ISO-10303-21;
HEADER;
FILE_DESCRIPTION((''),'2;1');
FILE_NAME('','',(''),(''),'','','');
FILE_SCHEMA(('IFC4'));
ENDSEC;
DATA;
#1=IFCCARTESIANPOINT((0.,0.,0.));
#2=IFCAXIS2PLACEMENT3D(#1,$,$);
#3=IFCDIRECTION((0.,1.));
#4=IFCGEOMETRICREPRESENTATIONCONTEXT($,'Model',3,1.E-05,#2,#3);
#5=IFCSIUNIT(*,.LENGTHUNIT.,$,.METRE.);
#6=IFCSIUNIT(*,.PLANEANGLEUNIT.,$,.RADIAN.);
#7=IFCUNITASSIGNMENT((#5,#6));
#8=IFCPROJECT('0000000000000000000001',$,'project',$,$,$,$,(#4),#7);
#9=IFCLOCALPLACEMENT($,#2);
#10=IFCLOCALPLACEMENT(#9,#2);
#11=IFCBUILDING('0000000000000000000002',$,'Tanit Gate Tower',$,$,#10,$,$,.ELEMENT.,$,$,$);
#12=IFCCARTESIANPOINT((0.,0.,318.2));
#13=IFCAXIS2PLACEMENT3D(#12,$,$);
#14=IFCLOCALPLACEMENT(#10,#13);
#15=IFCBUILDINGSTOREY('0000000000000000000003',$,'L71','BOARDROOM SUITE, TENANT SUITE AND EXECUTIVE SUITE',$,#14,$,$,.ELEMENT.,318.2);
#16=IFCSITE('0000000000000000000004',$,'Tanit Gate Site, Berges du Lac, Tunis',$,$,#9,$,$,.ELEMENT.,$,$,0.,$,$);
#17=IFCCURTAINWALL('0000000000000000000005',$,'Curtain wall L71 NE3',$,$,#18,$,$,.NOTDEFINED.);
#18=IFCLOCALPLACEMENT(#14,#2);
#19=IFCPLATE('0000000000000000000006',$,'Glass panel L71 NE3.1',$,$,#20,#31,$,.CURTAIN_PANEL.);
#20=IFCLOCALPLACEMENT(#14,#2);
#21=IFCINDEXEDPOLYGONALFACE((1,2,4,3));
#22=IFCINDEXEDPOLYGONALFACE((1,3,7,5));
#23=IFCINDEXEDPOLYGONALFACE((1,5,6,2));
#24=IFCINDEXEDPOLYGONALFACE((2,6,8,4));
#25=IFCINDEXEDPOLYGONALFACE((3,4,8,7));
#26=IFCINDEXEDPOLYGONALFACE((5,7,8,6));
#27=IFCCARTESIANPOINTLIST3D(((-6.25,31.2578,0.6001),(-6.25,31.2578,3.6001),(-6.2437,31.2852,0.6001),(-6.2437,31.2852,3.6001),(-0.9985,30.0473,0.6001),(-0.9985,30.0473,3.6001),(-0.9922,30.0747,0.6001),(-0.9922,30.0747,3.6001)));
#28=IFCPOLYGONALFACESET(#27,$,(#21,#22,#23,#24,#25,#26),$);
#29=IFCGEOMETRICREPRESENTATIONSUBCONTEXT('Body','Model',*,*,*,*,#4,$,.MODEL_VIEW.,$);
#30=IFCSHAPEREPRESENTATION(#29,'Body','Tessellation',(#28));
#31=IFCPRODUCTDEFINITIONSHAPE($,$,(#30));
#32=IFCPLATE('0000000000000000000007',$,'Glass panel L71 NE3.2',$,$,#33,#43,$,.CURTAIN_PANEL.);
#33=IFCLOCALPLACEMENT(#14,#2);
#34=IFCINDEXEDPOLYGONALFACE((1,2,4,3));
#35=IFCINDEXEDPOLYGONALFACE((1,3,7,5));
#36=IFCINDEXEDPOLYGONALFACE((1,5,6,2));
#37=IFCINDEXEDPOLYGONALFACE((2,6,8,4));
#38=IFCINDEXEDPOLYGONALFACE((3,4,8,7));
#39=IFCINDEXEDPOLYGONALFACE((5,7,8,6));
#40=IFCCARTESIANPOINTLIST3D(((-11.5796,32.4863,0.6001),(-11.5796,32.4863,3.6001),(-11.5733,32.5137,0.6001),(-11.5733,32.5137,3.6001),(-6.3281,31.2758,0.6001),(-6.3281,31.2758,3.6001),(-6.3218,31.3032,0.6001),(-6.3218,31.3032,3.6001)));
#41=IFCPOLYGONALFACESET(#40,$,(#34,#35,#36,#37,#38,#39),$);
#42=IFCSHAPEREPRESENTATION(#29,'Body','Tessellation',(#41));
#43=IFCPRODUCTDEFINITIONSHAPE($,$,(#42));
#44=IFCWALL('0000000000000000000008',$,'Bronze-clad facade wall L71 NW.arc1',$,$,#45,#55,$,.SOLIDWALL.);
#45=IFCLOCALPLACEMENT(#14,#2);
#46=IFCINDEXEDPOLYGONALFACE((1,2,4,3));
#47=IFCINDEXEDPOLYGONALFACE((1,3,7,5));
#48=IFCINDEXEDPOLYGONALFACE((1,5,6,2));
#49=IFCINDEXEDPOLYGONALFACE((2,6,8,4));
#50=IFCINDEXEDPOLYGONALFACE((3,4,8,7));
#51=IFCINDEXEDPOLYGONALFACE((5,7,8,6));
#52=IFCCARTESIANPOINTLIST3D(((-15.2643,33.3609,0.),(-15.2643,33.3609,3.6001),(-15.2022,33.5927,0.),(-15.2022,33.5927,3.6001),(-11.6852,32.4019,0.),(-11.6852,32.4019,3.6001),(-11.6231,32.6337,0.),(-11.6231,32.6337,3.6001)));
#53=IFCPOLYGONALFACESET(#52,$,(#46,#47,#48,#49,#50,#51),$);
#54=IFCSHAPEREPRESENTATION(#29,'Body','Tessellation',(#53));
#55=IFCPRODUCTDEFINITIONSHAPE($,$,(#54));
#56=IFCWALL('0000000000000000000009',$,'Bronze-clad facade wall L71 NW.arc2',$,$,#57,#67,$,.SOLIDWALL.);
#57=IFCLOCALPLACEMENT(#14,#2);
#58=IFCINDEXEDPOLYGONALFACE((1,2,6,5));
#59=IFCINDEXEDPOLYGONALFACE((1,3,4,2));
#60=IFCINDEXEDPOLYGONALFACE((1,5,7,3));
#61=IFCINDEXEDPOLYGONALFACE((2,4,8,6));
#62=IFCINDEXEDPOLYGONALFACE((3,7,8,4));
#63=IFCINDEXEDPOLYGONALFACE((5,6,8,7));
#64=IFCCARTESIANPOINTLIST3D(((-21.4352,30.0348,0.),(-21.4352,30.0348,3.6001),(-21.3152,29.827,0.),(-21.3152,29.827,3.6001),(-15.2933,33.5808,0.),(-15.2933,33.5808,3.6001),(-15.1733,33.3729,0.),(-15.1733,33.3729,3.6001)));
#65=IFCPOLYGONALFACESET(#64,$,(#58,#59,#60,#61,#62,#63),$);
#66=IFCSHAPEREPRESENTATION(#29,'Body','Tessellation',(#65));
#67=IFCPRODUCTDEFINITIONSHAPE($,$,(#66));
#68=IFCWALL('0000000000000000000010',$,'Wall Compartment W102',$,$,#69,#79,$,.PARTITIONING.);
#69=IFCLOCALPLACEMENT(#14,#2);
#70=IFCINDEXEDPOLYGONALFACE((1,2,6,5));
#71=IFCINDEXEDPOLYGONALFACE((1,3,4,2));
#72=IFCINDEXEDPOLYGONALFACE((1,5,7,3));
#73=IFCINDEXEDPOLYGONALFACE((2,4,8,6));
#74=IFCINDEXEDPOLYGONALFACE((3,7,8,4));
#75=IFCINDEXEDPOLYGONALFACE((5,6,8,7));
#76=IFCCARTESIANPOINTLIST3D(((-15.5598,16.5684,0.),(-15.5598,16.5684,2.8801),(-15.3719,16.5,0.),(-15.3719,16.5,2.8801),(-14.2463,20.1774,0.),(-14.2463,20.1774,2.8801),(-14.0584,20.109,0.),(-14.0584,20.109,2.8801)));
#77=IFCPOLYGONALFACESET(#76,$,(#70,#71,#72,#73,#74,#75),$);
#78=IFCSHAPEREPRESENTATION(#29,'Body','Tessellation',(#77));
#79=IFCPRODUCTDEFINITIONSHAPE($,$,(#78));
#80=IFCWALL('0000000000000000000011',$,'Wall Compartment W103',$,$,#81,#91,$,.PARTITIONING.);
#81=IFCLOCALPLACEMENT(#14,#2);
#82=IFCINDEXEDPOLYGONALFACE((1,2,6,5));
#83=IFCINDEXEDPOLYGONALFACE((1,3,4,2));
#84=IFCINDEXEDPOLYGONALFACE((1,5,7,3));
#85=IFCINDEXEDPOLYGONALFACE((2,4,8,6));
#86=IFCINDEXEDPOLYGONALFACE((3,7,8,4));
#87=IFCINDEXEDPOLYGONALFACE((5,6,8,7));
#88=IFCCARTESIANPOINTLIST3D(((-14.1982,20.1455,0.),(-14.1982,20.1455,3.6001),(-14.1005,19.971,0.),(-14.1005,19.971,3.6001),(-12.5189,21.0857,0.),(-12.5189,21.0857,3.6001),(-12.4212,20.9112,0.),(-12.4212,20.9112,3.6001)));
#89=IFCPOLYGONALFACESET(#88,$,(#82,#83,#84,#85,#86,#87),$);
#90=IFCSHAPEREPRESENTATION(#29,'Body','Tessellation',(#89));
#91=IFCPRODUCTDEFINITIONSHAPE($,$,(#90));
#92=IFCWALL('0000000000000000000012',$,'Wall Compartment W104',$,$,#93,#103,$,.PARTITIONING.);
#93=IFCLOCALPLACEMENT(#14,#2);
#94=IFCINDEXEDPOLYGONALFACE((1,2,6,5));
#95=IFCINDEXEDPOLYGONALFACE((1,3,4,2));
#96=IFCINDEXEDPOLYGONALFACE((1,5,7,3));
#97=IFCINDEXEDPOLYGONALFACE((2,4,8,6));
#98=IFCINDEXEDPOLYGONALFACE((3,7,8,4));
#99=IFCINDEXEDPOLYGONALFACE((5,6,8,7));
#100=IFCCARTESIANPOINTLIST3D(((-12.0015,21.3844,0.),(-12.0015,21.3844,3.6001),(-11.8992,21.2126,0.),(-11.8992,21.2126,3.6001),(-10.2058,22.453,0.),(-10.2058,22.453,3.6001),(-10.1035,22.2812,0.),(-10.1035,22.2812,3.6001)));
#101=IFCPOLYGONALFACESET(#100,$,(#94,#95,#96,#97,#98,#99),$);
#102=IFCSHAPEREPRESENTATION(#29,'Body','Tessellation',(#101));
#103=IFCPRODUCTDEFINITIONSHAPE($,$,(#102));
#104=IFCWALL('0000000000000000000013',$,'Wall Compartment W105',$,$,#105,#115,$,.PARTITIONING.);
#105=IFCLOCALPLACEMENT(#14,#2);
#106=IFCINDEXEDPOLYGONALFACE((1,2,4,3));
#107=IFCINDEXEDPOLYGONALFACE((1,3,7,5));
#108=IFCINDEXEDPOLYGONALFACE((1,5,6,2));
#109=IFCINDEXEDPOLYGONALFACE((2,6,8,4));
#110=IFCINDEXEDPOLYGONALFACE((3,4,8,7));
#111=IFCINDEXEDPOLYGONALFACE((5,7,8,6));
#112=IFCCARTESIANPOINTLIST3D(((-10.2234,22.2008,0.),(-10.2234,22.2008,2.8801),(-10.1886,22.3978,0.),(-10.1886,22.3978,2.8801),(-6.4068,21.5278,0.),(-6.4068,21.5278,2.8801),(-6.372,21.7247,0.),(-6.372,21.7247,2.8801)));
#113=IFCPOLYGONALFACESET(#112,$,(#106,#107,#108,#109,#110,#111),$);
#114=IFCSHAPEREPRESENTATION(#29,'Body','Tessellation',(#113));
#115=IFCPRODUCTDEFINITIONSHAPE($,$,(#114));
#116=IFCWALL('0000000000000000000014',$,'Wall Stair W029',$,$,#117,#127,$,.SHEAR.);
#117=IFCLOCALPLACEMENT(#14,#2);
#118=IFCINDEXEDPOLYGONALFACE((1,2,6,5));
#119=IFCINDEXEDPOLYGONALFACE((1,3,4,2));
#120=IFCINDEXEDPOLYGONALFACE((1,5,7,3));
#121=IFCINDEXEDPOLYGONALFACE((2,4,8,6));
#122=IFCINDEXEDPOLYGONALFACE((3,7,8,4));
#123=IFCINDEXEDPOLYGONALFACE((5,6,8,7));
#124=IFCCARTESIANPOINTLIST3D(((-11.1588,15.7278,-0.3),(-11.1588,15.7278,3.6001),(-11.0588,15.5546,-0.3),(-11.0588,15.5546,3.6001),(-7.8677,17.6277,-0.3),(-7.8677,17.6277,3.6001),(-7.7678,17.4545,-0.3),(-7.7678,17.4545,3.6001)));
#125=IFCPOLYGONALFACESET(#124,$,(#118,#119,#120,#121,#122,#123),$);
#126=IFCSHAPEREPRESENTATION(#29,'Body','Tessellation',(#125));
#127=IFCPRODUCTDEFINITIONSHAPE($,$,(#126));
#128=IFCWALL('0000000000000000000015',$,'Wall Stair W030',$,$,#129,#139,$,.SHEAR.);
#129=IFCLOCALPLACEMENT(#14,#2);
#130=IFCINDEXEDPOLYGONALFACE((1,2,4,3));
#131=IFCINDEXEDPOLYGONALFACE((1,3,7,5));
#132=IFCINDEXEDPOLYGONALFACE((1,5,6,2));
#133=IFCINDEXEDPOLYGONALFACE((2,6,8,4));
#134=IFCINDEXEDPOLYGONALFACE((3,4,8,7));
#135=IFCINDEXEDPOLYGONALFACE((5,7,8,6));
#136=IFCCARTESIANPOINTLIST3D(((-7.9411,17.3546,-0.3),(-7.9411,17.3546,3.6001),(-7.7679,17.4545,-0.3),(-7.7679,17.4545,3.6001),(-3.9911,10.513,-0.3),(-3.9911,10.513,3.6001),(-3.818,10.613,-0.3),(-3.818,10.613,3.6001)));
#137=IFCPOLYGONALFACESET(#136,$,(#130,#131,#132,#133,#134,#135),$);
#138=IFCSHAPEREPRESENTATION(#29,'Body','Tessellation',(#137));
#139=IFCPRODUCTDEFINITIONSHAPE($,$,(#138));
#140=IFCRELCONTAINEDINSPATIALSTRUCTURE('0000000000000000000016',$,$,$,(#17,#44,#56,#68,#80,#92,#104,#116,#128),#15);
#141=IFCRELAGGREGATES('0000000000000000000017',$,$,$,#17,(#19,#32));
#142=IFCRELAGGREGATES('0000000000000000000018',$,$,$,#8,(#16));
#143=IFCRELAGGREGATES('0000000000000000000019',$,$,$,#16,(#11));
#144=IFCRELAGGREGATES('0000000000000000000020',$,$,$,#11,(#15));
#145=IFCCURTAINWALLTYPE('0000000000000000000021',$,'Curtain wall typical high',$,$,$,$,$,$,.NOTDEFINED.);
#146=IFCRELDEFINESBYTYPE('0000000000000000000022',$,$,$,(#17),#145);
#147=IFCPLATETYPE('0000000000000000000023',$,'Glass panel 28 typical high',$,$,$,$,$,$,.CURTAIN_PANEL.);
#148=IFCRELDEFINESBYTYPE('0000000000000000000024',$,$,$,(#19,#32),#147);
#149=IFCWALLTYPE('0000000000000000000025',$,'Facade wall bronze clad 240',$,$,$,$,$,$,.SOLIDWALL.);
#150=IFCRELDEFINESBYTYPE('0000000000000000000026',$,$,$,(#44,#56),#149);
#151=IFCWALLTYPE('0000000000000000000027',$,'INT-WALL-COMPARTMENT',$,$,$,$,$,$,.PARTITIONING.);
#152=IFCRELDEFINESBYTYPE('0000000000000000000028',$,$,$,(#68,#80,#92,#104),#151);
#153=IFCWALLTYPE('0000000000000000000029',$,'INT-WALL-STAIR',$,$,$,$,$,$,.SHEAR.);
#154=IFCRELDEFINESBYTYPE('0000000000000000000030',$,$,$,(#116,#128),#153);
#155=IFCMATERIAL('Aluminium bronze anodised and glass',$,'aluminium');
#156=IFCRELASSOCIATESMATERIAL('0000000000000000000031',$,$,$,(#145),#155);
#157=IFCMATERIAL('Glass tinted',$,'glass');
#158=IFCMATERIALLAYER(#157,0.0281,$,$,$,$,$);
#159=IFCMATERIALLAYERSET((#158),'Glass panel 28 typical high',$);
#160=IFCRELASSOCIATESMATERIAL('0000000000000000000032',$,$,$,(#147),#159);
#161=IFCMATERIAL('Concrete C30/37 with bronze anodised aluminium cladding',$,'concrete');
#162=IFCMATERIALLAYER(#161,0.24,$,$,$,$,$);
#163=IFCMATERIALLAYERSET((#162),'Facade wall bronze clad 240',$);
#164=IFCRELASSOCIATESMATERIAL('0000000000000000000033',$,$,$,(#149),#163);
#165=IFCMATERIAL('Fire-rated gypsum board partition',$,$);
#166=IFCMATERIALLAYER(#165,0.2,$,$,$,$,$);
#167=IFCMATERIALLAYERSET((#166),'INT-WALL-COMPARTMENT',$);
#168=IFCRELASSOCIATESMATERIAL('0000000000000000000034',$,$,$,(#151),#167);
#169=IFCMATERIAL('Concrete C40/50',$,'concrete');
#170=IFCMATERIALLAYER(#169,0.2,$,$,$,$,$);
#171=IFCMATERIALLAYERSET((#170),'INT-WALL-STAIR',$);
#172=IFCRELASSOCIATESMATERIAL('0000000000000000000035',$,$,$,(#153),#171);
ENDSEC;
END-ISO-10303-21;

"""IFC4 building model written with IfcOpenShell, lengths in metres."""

from ifc_helpers import new_model, si_unit, direction, frame, frame_2d, origin, origin_2d, place, context, subcontext, project, spatial, rectangle, extrude, material, layer, layer_set, type_object, element, aggregate, save


model = new_model("IFC4")

# Units and contexts
model_context = context("Model", 3, precision=1e-05, world=origin(), true_north=direction((0.0, 1.0)))
body_context = subcontext(model_context, "Body", "Model", "MODEL_VIEW")
ifc_project = project(units=[si_unit("LENGTHUNIT", "METRE"), si_unit("PLANEANGLEUNIT", "RADIAN")], contexts=[model_context])

# Site, building, storey
site_placement = place(None, origin())
site = spatial("IfcSite", under=ifc_project, at=site_placement, Name="Tanit Gate Site, Berges du Lac, Tunis", CompositionType="ELEMENT", RefElevation=0.0)
building_placement = place(site_placement, origin())
building = spatial("IfcBuilding", under=site, at=building_placement, Name="Tanit Gate Tower", CompositionType="ELEMENT")
storey_placement = place(building_placement, frame((0.0, 0.0, 318.2)))
storey = spatial("IfcBuildingStorey", under=building, at=storey_placement, Name="L71", Description="BOARDROOM SUITE, TENANT SUITE AND EXECUTIVE SUITE", CompositionType="ELEMENT", Elevation=318.2)

# Curtain wall
ifc_material_1 = material(Name="Aluminium bronze anodised and glass", Category="aluminium")
curtain_wall_type = type_object("IfcCurtainWallType", Name="Curtain wall typical high", PredefinedType="NOTDEFINED", material=ifc_material_1)
curtain_wall_placement = place(storey_placement, origin())
curtain_wall = element("IfcCurtainWall", 1, at=curtain_wall_placement, inside=storey, type_object=curtain_wall_type, Name="Curtain wall L71 NE3", PredefinedType="NOTDEFINED")

# Plates
ifc_material_2 = material(Name="Glass tinted", Category="glass")
ifc_layer_1 = layer(ifc_material_2, 0.0281)
ifc_layer_set_1 = layer_set([ifc_layer_1], Name="Glass panel 28 typical high")
plate_type = type_object("IfcPlateType", Name="Glass panel 28 typical high", PredefinedType="CURTAIN_PANEL", material=ifc_layer_set_1)
plate_1_placement = place(storey_placement, frame((-3.6211, 30.6663, 0.6001), z_axis=(0.0, 0.0, 1.0), x_axis=(-0.974447, 0.224617, 0.0)))
plate_1 = element("IfcPlate", 2, at=plate_1_placement, type_object=plate_type, Name="Glass panel L71 NE3.1", PredefinedType="CURTAIN_PANEL", context=body_context, shape_type="SweptSolid", body=[
    extrude(rectangle(XDim=5.3892, YDim=0.0281, at=origin_2d()), origin(), (0.0, 0.0, 1.0), 3.0),
])
plate_2_placement = place(storey_placement, frame((-8.9507, 31.8948, 0.6001), z_axis=(0.0, 0.0, 1.0), x_axis=(-0.974447, 0.224617, 0.0)))
plate_2 = element("IfcPlate", 3, at=plate_2_placement, type_object=plate_type, Name="Glass panel L71 NE3.2", PredefinedType="CURTAIN_PANEL", context=body_context, shape_type="SweptSolid", body=[
    extrude(rectangle(XDim=5.3892, YDim=0.0281, at=origin_2d()), origin(), (0.0, 0.0, 1.0), 3.0),
])
aggregate(curtain_wall, [plate_1, plate_2])

# Walls
ifc_material_3 = material(Name="Concrete C30/37 with bronze anodised aluminium cladding", Category="concrete")
ifc_layer_2 = layer(ifc_material_3, 0.24)
ifc_layer_set_2 = layer_set([ifc_layer_2], Name="Facade wall bronze clad 240")
wall_type_1 = type_object("IfcWallType", Name="Facade wall bronze clad 240", PredefinedType="SOLIDWALL", material=ifc_layer_set_2)
wall_1_placement = place(storey_placement, frame((-11.6543, 32.5178, 0.0), z_axis=(0.0, 0.0, 1.0), x_axis=(-0.965928, 0.258811, 0.0)))
element("IfcWall", 4, at=wall_1_placement, inside=storey, type_object=wall_type_1, Name="Bronze-clad facade wall L71 NW.arc1", PredefinedType="SOLIDWALL", context=body_context, shape_type="SweptSolid", body=[
    extrude(rectangle(XDim=3.7053, YDim=0.24, at=frame_2d((1.8525, 0.0))), origin(), (0.0, 0.0, 1.0), 3.6001),
])
wall_2_placement = place(storey_placement, frame((-15.2334, 33.4768, 0.0), z_axis=(0.0, 0.0, 1.0), x_axis=(-0.866031, -0.49999, 0.0)))
element("IfcWall", 5, at=wall_2_placement, inside=storey, type_object=wall_type_1, Name="Bronze-clad facade wall L71 NW.arc2", PredefinedType="SOLIDWALL", context=body_context, shape_type="SweptSolid", body=[
    extrude(rectangle(XDim=7.092, YDim=0.24, at=frame_2d((3.5459, 0.0))), origin(), (0.0, 0.0, 1.0), 3.6001),
])
ifc_material_4 = material(Name="Fire-rated gypsum board partition")
ifc_layer_3 = layer(ifc_material_4, 0.2)
ifc_layer_set_3 = layer_set([ifc_layer_3], Name="INT-WALL-COMPARTMENT")
wall_type_2 = type_object("IfcWallType", Name="INT-WALL-COMPARTMENT", PredefinedType="PARTITIONING", material=ifc_layer_set_3)
wall_3_placement = place(storey_placement, frame((-14.1523, 20.1433, 0.0), z_axis=(0.0, 0.0, 1.0), x_axis=(-0.342008, -0.939697, 0.0)))
element("IfcWall", 6, at=wall_3_placement, inside=storey, type_object=wall_type_2, Name="Wall Compartment W102", PredefinedType="PARTITIONING", context=body_context, shape_type="SweptSolid", body=[
    extrude(rectangle(XDim=3.8406, YDim=0.2, at=frame_2d((1.9204, 0.0))), origin(), (0.0, 0.0, 1.0), 2.8801),
])
wall_4_placement = place(storey_placement, frame((-12.47, 20.9985, 0.0), z_axis=(0.0, 0.0, 1.0), x_axis=(-0.872543, -0.488538, 0.0)))
element("IfcWall", 7, at=wall_4_placement, inside=storey, type_object=wall_type_2, Name="Wall Compartment W103", PredefinedType="PARTITIONING", context=body_context, shape_type="SweptSolid", body=[
    extrude(rectangle(XDim=1.9246, YDim=0.2, at=frame_2d((0.9624, 0.0))), origin(), (0.0, 0.0, 1.0), 3.6001),
])
wall_5_placement = place(storey_placement, frame((-10.1545, 22.3672, 0.0), z_axis=(0.0, 0.0, 1.0), x_axis=(-0.859343, -0.5114, 0.0)))
element("IfcWall", 8, at=wall_5_placement, inside=storey, type_object=wall_type_2, Name="Wall Compartment W104", PredefinedType="PARTITIONING", context=body_context, shape_type="SweptSolid", body=[
    extrude(rectangle(XDim=2.0896, YDim=0.2, at=frame_2d((1.0449, 0.0))), origin(), (0.0, 0.0, 1.0), 3.6001),
])
wall_6_placement = place(storey_placement, frame((-6.3894, 21.6262, 0.0), z_axis=(0.0, 0.0, 1.0), x_axis=(-0.984803, 0.173678, 0.0)))
element("IfcWall", 9, at=wall_6_placement, inside=storey, type_object=wall_type_2, Name="Wall Compartment W105", PredefinedType="PARTITIONING", context=body_context, shape_type="SweptSolid", body=[
    extrude(rectangle(XDim=3.8755, YDim=0.2, at=frame_2d((1.9377, 0.0))), origin(), (0.0, 0.0, 1.0), 2.8801),
])
ifc_material_5 = material(Name="Concrete C40/50", Category="concrete")
ifc_layer_4 = layer(ifc_material_5, 0.2)
ifc_layer_set_4 = layer_set([ifc_layer_4], Name="INT-WALL-STAIR")
wall_type_3 = type_object("IfcWallType", Name="INT-WALL-STAIR", PredefinedType="SHEAR", material=ifc_layer_set_4)
wall_7_placement = place(storey_placement, frame((-7.8179, 17.541, -0.3), z_axis=(0.0, 0.0, 1.0), x_axis=(-0.866044, -0.499967, 0.0)))
element("IfcWall", 10, at=wall_7_placement, inside=storey, type_object=wall_type_3, Name="Wall Stair W029", PredefinedType="SHEAR", context=body_context, shape_type="SweptSolid", body=[
    extrude(rectangle(XDim=3.8, YDim=0.2, at=frame_2d((1.8999, 0.0))), origin(), (0.0, 0.0, 1.0), 3.9001),
])
wall_8_placement = place(storey_placement, frame((-7.8545, 17.4045, -0.3), z_axis=(0.0, 0.0, 1.0), x_axis=(0.499998, -0.866027, 0.0)))
element("IfcWall", 11, at=wall_8_placement, inside=storey, type_object=wall_type_3, Name="Wall Stair W030", PredefinedType="SHEAR", context=body_context, shape_type="SweptSolid", body=[
    extrude(rectangle(XDim=7.8999, YDim=0.2, at=frame_2d((3.95, 0.0))), origin(), (0.0, 0.0, 1.0), 3.9001),
])

save(model, "model.ifc")
